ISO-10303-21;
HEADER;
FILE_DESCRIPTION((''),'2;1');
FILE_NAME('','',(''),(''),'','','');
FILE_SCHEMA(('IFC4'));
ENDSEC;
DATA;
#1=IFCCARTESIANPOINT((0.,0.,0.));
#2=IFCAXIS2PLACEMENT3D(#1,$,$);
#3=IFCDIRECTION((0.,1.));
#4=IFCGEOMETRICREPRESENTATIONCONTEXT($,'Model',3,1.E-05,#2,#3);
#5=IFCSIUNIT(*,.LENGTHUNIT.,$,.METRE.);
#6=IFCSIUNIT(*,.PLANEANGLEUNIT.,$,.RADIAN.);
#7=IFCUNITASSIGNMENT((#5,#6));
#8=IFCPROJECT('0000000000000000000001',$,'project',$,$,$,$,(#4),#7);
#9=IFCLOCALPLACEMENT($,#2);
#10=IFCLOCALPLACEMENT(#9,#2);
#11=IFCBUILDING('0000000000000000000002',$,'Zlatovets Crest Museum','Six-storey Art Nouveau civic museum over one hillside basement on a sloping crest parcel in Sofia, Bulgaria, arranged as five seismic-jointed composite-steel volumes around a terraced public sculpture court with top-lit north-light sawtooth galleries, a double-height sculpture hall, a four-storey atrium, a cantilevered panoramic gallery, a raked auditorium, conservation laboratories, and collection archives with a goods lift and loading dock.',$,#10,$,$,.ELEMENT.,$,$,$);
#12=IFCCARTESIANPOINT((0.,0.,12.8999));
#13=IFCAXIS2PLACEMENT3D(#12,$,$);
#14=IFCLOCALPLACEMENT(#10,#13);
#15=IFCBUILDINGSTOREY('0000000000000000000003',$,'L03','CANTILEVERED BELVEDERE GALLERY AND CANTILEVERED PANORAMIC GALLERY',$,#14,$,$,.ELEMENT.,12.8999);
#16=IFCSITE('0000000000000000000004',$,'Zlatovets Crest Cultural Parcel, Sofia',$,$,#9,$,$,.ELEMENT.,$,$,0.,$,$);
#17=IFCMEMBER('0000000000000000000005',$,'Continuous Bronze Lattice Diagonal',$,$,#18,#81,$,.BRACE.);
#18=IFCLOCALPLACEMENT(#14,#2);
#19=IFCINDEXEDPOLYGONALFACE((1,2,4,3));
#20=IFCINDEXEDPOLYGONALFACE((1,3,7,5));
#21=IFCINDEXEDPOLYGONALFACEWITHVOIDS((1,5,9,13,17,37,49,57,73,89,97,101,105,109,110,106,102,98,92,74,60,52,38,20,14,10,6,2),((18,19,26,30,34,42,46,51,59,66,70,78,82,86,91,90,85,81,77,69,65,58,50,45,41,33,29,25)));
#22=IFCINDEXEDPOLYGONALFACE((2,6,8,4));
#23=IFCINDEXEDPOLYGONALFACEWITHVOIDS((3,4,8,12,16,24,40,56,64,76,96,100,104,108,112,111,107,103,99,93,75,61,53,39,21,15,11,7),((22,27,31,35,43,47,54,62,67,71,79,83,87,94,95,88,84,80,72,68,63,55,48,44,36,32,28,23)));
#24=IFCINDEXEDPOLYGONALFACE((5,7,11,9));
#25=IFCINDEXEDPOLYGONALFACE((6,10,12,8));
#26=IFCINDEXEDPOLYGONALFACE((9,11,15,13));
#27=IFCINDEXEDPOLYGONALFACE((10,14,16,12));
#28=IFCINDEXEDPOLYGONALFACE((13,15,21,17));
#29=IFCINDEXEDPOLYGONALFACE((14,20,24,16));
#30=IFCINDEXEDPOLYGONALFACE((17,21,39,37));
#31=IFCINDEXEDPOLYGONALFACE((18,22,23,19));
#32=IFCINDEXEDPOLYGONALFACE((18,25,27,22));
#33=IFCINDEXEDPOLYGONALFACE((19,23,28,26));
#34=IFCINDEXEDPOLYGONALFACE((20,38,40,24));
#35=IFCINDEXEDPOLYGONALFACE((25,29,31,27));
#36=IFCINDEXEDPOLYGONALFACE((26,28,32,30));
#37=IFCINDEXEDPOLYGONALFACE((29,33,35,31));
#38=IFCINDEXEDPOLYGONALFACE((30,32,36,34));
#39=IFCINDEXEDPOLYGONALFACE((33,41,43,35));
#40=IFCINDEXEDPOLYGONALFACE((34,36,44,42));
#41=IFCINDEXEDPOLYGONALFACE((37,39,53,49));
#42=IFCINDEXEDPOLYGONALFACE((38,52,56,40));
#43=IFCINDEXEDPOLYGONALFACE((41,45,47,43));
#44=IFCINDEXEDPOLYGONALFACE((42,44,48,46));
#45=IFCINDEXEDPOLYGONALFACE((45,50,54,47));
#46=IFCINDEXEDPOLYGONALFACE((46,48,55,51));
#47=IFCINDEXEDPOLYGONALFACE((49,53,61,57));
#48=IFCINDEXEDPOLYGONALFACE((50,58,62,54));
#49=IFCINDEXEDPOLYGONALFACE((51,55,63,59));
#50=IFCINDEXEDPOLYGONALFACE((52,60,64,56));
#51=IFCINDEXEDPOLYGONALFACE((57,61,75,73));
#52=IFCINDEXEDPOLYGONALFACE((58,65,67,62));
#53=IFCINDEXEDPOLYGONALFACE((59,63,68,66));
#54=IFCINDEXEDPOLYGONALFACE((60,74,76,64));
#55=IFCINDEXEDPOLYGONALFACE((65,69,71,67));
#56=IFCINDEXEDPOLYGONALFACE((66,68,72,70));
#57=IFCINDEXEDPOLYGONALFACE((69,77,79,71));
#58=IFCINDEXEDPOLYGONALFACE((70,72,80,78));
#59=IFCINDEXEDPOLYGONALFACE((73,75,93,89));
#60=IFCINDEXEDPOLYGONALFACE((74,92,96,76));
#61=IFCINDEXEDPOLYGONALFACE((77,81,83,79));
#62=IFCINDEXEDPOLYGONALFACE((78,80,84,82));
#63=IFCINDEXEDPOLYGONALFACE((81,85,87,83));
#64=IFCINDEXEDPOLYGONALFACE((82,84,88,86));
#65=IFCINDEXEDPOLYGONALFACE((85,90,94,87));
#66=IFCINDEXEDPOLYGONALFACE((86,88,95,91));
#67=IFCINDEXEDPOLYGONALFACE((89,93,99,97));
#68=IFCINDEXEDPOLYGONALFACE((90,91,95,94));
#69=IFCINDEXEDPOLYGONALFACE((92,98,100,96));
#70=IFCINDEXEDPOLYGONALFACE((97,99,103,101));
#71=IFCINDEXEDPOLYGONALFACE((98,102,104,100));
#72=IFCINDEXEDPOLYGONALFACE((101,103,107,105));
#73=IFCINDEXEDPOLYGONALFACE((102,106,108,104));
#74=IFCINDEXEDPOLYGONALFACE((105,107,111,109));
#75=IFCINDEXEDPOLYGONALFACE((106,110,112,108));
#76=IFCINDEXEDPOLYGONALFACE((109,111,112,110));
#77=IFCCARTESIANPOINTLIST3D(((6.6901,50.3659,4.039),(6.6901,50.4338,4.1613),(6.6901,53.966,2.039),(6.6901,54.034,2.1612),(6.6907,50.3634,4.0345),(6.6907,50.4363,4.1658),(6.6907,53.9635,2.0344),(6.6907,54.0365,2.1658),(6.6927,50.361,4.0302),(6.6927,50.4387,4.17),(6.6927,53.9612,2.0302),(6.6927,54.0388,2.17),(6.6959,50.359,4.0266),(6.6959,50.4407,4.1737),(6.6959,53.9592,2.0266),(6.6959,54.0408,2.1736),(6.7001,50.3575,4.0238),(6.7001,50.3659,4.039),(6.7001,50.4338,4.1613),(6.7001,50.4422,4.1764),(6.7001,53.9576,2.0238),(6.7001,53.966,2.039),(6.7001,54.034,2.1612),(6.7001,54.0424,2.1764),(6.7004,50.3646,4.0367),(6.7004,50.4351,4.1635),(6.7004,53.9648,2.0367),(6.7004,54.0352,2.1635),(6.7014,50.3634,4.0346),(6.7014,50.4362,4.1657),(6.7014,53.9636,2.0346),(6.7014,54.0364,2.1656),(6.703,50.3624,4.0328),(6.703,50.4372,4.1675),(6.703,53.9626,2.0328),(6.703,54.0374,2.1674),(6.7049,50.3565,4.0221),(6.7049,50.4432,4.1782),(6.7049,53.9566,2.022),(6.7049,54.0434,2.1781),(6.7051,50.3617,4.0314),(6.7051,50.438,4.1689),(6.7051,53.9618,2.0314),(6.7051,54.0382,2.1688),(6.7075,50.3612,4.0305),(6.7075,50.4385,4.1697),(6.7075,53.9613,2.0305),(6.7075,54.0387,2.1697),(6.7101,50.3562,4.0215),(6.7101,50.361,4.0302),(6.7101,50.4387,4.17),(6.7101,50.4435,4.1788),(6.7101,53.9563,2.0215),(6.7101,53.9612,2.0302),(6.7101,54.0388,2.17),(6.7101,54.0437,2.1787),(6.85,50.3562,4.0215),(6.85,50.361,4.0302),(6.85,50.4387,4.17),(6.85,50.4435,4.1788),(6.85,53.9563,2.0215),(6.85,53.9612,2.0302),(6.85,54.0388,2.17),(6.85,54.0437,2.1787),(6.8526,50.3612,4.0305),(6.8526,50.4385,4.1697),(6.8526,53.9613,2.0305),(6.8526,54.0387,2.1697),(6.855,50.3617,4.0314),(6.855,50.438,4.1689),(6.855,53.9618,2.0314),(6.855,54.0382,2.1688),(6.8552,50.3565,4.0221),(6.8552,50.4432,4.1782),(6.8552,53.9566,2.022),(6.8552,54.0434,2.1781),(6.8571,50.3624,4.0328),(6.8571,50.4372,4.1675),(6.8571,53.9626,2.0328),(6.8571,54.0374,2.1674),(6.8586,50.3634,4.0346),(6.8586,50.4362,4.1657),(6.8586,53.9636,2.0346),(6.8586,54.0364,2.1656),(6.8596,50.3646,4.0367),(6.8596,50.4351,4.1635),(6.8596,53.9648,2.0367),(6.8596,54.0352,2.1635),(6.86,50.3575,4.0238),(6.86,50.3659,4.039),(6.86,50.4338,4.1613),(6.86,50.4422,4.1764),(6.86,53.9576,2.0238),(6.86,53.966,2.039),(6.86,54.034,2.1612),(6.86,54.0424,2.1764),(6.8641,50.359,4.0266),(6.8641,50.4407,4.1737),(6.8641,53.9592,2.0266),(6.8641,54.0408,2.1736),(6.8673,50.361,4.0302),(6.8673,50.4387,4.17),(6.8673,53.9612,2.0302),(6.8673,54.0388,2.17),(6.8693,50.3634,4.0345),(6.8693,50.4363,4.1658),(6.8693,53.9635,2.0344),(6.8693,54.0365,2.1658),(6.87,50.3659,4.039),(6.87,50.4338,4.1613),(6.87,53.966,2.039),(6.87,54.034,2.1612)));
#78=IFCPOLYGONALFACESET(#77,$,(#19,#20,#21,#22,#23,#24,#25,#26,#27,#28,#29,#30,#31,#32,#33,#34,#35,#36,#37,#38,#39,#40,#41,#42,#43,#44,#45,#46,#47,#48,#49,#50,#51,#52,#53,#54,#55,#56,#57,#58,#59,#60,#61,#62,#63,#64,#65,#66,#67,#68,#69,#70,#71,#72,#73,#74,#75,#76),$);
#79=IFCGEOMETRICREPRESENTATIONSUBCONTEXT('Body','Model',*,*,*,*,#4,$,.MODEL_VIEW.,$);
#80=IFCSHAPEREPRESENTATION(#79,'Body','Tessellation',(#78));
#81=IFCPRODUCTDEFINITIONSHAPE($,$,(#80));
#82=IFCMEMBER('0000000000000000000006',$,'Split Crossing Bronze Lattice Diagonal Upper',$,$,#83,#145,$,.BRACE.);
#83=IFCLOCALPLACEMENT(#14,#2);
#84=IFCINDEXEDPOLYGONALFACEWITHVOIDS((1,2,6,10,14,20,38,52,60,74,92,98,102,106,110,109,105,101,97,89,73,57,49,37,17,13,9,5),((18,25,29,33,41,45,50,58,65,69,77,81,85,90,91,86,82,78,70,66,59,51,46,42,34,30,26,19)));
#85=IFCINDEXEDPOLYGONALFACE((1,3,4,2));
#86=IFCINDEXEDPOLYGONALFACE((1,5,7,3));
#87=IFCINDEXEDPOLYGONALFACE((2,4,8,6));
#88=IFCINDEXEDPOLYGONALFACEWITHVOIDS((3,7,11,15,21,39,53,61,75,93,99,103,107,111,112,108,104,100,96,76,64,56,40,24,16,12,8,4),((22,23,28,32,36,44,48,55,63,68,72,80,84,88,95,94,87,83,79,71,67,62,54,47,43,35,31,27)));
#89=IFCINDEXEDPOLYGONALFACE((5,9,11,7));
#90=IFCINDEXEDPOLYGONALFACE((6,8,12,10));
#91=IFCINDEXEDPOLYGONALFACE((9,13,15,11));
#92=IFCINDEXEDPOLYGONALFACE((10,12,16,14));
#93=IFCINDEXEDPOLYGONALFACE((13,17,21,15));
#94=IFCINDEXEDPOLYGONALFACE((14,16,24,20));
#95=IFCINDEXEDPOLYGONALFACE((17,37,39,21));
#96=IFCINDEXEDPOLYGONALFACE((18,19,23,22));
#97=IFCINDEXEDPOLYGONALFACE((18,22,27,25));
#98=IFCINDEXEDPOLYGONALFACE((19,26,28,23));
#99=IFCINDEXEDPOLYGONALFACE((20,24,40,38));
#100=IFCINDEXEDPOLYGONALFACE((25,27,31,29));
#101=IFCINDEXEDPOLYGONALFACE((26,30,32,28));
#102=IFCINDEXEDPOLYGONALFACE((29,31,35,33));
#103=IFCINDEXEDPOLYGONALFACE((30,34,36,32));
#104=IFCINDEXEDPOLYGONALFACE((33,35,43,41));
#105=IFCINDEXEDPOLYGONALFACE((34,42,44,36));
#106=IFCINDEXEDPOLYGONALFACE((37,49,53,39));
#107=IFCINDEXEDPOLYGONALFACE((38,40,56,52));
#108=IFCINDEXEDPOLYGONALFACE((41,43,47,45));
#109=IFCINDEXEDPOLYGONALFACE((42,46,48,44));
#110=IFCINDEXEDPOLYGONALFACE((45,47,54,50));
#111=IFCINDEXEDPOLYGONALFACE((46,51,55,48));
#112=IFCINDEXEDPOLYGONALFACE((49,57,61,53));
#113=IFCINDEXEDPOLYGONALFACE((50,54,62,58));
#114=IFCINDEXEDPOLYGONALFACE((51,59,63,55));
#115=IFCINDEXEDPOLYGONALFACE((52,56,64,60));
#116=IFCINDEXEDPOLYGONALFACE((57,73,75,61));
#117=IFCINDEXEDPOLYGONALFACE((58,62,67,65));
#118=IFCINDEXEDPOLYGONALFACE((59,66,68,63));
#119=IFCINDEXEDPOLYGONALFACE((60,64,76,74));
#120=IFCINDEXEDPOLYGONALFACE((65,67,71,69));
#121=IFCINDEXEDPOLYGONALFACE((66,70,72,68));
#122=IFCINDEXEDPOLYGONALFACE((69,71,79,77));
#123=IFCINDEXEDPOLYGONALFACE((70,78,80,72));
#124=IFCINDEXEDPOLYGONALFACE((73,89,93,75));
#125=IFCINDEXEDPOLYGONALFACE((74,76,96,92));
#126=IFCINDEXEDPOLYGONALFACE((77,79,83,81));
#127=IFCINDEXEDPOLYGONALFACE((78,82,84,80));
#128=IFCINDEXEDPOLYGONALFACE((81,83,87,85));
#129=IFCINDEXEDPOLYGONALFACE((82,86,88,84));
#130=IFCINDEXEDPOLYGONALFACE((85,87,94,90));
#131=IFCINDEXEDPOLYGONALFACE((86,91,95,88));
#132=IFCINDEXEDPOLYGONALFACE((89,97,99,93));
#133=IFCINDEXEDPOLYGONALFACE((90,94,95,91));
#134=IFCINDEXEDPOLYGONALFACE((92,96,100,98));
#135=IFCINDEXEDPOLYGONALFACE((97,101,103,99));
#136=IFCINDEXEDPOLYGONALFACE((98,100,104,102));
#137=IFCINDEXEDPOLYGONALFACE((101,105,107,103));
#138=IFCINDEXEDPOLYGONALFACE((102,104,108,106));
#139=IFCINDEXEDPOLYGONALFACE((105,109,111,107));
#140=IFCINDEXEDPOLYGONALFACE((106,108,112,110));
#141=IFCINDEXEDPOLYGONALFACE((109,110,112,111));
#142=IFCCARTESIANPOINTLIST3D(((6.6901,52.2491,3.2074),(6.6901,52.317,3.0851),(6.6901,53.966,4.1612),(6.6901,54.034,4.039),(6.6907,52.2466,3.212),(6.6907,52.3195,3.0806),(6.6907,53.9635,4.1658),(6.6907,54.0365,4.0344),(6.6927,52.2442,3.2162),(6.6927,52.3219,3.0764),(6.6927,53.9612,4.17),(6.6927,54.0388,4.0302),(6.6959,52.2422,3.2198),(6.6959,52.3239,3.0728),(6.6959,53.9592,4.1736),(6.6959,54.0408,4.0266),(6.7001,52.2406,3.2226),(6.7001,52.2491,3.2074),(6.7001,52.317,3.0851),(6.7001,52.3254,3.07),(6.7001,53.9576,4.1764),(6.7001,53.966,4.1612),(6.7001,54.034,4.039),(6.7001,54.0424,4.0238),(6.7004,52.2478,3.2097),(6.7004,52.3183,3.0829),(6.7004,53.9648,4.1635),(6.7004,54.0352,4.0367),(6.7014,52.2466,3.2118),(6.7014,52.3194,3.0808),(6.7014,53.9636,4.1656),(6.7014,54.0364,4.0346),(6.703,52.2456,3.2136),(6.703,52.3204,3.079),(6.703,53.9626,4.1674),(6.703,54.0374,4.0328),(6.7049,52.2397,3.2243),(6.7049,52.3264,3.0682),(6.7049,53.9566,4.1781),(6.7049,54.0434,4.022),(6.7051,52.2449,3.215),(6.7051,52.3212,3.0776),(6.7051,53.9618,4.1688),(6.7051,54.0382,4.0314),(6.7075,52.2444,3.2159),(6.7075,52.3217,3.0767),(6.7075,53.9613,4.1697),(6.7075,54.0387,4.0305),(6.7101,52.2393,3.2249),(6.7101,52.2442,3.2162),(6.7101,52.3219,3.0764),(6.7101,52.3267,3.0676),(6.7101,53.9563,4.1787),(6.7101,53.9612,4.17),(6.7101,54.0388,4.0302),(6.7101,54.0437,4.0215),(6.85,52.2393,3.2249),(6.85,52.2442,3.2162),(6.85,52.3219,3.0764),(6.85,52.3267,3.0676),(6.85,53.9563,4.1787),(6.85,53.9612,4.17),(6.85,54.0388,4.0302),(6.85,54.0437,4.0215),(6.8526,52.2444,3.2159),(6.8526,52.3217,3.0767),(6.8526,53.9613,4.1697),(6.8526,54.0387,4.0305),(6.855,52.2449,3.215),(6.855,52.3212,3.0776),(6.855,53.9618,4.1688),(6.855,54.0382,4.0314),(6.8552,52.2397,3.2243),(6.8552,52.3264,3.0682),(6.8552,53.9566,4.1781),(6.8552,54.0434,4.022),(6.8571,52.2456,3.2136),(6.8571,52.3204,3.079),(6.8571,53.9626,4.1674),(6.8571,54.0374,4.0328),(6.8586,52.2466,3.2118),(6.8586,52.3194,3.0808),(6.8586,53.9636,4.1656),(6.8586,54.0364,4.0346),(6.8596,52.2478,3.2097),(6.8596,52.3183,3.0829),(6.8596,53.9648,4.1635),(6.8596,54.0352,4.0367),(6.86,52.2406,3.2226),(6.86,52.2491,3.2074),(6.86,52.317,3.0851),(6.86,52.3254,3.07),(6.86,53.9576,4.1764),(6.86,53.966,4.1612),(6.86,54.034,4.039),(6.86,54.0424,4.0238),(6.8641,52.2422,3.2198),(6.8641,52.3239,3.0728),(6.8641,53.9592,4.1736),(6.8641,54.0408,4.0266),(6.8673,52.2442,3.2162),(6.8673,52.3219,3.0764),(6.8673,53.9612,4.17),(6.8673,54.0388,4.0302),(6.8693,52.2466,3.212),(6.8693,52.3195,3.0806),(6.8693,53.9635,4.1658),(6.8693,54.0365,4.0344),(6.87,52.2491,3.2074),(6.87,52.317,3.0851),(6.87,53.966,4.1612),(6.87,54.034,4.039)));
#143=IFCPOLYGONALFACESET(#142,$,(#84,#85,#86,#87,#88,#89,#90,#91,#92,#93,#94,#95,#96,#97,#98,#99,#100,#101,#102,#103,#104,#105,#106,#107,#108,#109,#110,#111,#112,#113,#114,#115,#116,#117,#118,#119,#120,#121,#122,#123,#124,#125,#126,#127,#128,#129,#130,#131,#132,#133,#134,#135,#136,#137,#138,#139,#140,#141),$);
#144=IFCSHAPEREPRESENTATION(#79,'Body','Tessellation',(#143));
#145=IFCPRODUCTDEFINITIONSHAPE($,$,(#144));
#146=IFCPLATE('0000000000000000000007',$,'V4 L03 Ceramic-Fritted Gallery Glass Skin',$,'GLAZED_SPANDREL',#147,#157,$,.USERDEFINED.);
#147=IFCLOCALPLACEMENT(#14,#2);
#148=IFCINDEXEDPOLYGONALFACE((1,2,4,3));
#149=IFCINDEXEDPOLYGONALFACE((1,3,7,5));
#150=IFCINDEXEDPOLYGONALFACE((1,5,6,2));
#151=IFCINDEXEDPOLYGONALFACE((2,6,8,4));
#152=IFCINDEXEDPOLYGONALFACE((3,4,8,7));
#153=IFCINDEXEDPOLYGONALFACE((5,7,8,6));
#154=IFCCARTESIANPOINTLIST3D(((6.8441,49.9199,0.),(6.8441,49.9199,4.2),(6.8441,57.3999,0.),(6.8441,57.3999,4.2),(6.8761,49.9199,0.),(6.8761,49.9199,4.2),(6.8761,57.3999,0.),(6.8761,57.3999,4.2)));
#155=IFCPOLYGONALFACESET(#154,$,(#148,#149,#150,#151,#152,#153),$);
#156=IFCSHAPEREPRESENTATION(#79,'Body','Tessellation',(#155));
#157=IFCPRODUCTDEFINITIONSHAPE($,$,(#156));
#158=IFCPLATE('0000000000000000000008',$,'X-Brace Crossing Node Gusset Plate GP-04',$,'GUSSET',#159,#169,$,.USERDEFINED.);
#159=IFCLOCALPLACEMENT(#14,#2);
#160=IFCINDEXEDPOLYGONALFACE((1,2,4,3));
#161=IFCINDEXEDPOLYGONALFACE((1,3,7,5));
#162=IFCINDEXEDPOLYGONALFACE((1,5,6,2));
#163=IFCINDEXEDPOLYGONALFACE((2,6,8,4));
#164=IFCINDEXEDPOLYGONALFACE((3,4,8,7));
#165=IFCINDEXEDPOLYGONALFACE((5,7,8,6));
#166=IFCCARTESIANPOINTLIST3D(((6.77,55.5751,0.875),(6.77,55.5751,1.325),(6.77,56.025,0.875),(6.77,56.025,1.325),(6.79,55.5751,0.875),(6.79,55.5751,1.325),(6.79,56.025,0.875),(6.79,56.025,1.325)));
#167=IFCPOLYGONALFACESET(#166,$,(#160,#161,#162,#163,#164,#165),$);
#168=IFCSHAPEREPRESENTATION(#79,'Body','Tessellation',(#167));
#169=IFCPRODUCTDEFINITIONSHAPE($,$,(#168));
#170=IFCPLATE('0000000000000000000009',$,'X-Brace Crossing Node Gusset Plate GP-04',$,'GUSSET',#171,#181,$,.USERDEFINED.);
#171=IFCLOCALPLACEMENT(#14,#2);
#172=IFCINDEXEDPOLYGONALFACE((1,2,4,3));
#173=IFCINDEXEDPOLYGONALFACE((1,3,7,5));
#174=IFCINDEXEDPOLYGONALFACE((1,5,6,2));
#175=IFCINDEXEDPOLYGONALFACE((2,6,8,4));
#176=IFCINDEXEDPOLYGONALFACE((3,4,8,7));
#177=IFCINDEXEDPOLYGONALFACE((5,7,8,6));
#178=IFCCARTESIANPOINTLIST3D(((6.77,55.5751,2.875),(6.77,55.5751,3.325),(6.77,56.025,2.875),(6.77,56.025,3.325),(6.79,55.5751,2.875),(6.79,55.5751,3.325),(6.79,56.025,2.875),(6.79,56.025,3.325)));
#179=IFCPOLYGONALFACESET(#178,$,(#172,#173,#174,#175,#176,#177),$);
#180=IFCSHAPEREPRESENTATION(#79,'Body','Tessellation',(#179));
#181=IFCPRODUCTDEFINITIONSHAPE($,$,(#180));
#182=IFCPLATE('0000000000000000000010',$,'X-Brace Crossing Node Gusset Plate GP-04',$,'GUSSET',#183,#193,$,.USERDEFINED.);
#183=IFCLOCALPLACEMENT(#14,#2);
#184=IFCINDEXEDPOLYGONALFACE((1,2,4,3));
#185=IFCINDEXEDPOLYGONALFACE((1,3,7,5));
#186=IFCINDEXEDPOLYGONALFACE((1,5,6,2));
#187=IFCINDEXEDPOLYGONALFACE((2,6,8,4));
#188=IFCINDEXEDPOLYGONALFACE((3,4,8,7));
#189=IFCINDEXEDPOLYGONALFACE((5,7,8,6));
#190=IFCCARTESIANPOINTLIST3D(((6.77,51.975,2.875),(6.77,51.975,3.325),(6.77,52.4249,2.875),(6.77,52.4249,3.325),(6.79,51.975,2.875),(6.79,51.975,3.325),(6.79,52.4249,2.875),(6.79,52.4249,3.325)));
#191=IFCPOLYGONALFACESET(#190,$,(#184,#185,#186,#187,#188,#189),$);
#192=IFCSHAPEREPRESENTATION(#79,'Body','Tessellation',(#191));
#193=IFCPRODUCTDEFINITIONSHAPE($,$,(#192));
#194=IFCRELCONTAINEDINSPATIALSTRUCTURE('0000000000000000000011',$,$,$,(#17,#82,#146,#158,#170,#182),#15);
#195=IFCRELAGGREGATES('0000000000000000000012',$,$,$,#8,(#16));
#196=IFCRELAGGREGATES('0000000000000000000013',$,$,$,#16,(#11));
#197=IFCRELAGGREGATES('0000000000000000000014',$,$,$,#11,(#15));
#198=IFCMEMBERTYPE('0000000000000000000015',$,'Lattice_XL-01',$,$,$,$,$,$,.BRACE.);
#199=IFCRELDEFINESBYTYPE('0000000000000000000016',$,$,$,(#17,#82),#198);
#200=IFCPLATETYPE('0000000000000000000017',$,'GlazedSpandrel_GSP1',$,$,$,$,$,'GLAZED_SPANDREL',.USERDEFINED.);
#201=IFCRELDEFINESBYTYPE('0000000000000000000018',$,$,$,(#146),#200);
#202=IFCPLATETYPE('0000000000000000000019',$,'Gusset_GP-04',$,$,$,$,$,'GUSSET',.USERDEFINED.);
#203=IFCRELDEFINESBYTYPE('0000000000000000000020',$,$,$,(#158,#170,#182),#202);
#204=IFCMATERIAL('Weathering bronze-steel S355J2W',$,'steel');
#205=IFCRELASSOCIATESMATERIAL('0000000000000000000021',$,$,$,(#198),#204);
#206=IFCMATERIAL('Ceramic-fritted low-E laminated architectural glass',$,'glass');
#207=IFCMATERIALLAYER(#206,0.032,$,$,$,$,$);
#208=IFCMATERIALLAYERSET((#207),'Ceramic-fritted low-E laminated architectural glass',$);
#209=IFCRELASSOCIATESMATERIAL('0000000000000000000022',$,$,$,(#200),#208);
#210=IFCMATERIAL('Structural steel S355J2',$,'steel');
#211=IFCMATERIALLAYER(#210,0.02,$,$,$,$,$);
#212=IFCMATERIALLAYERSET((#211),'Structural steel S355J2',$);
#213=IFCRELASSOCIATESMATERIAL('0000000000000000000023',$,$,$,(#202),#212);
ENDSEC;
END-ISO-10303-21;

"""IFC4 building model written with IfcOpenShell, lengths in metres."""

from ifc_helpers import new_model, si_unit, direction, frame, origin, origin_2d, place, context, subcontext, project, spatial, rectangle, hollow_rectangle, extrude, material, layer, layer_set, material_profile, profile_set, type_object, element, save


model = new_model("IFC4")

# Units and contexts
model_context = context("Model", 3, precision=1e-05, world=origin(), true_north=direction((0.0, 1.0)))
body_context = subcontext(model_context, "Body", "Model", "MODEL_VIEW")
ifc_project = project(units=[si_unit("LENGTHUNIT", "METRE"), si_unit("PLANEANGLEUNIT", "RADIAN")], contexts=[model_context])

# Site, building, storey
site_placement = place(None, origin())
site = spatial("IfcSite", under=ifc_project, at=site_placement, Name="Zlatovets Crest Cultural Parcel, Sofia", CompositionType="ELEMENT", RefElevation=0.0)
building_placement = place(site_placement, origin())
building = spatial("IfcBuilding", under=site, at=building_placement, Name="Zlatovets Crest Museum", Description="Six-storey Art Nouveau civic museum over one hillside basement on a sloping crest parcel in Sofia, Bulgaria, arranged as five seismic-jointed composite-steel volumes around a terraced public sculpture court with top-lit north-light sawtooth galleries, a double-height sculpture hall, a four-storey atrium, a cantilevered panoramic gallery, a raked auditorium, conservation laboratories, and collection archives with a goods lift and loading dock.", CompositionType="ELEMENT")
storey_placement = place(building_placement, frame((0.0, 0.0, 12.8999)))
storey = spatial("IfcBuildingStorey", under=building, at=storey_placement, Name="L03", Description="CANTILEVERED BELVEDERE GALLERY AND CANTILEVERED PANORAMIC GALLERY", CompositionType="ELEMENT", Elevation=12.8999)

# Shared definitions
ifc_material_1 = material(Name="Structural steel S355J2", Category="steel")

# Members
ifc_material_2 = material(Name="Weathering bronze-steel S355J2W", Category="steel")
ifc_material_profile_1 = material_profile(ifc_material_2, hollow_rectangle(XDim=0.1799, YDim=0.1799, WallThickness=0.01, InnerFilletRadius=0.01, OuterFilletRadius=0.02, at=origin_2d()), Name="SHS 180x180x10.0")
ifc_profile_set_1 = profile_set([ifc_material_profile_1], Name="Weathering bronze-steel S355J2W")
member_type = type_object("IfcMemberType", Name="Lattice_XL-01", PredefinedType="BRACE", material=ifc_profile_set_1)
member_1_placement = place(storey_placement, frame((6.78, 54.0, 2.1001), z_axis=(0.0, -0.874163, 0.485633), x_axis=(1.0, 0.0, 0.0)))
element("IfcMember", 1, at=member_1_placement, inside=storey, type_object=member_type, Name="Continuous Bronze Lattice Diagonal", PredefinedType="BRACE", context=body_context, shape_type="SweptSolid", body=[
    extrude(hollow_rectangle(XDim=0.1799, YDim=0.1799, WallThickness=0.01, InnerFilletRadius=0.01, OuterFilletRadius=0.02, at=origin_2d()), origin(), (0.0, 0.0, 1.0), 4.1184),
])
member_2_placement = place(storey_placement, frame((6.78, 54.0, 4.1001), z_axis=(0.0, -0.874169, -0.485622), x_axis=(1.0, 0.0, 0.0)))
element("IfcMember", 2, at=member_2_placement, inside=storey, type_object=member_type, Name="Split Crossing Bronze Lattice Diagonal Upper", PredefinedType="BRACE", context=body_context, shape_type="SweptSolid", body=[
    extrude(hollow_rectangle(XDim=0.1799, YDim=0.1799, WallThickness=0.01, InnerFilletRadius=0.01, OuterFilletRadius=0.02, at=origin_2d()), origin(), (0.0, 0.0, 1.0), 1.9641),
])

# Plates
ifc_material_3 = material(Name="Ceramic-fritted low-E laminated architectural glass", Category="glass")
ifc_layer_1 = layer(ifc_material_3, 0.032)
ifc_layer_set_1 = layer_set([ifc_layer_1], Name="Ceramic-fritted low-E laminated architectural glass")
plate_type_1 = type_object("IfcPlateType", Name="GlazedSpandrel_GSP1", ElementType="GLAZED_SPANDREL", PredefinedType="USERDEFINED", material=ifc_layer_set_1)
plate_placement = place(storey_placement, frame((6.8601, 53.6599, 0.0), z_axis=(0.0, 0.0, 1.0), x_axis=(0.0, 1.0, 0.0)))
element("IfcPlate", 3, at=plate_placement, inside=storey, type_object=plate_type_1, Name="V4 L03 Ceramic-Fritted Gallery Glass Skin", ObjectType="GLAZED_SPANDREL", PredefinedType="USERDEFINED", context=body_context, shape_type="SweptSolid", body=[
    extrude(rectangle(XDim=7.48, YDim=0.032, at=origin_2d()), origin(), (0.0, 0.0, 1.0), 4.2),
])
ifc_layer_2 = layer(ifc_material_1, 0.02)
ifc_layer_set_2 = layer_set([ifc_layer_2], Name="Structural steel S355J2")
plate_type_2 = type_object("IfcPlateType", Name="Gusset_GP-04", ElementType="GUSSET", PredefinedType="USERDEFINED", material=ifc_layer_set_2)
for number, where, z_axis, x_axis, name in (
    (4, (6.78, 55.8, 0.875), (0.0, 0.0, 1.0), (1.0, 0.0, 0.0), "X-Brace Crossing Node Gusset Plate GP-04"),
    (5, (6.78, 55.8, 2.875), (0.0, 0.0, 1.0), (1.0, 0.0, 0.0), "X-Brace Crossing Node Gusset Plate GP-04"),
    (6, (6.78, 52.2, 2.875), (0.0, 0.0, 1.0), (1.0, 0.0, 0.0), "X-Brace Crossing Node Gusset Plate GP-04"),
):
    element("IfcPlate", number, at=place(storey_placement, frame(where, z_axis=z_axis, x_axis=x_axis)), inside=storey, type_object=plate_type_2, Name=name, ObjectType="GUSSET", PredefinedType="USERDEFINED", context=body_context, shape_type="SweptSolid", body=[
        extrude(rectangle(XDim=0.02, YDim=0.45, at=origin_2d()), origin(), (0.0, 0.0, 1.0), 0.45),
    ])

save(model, "model.ifc")
